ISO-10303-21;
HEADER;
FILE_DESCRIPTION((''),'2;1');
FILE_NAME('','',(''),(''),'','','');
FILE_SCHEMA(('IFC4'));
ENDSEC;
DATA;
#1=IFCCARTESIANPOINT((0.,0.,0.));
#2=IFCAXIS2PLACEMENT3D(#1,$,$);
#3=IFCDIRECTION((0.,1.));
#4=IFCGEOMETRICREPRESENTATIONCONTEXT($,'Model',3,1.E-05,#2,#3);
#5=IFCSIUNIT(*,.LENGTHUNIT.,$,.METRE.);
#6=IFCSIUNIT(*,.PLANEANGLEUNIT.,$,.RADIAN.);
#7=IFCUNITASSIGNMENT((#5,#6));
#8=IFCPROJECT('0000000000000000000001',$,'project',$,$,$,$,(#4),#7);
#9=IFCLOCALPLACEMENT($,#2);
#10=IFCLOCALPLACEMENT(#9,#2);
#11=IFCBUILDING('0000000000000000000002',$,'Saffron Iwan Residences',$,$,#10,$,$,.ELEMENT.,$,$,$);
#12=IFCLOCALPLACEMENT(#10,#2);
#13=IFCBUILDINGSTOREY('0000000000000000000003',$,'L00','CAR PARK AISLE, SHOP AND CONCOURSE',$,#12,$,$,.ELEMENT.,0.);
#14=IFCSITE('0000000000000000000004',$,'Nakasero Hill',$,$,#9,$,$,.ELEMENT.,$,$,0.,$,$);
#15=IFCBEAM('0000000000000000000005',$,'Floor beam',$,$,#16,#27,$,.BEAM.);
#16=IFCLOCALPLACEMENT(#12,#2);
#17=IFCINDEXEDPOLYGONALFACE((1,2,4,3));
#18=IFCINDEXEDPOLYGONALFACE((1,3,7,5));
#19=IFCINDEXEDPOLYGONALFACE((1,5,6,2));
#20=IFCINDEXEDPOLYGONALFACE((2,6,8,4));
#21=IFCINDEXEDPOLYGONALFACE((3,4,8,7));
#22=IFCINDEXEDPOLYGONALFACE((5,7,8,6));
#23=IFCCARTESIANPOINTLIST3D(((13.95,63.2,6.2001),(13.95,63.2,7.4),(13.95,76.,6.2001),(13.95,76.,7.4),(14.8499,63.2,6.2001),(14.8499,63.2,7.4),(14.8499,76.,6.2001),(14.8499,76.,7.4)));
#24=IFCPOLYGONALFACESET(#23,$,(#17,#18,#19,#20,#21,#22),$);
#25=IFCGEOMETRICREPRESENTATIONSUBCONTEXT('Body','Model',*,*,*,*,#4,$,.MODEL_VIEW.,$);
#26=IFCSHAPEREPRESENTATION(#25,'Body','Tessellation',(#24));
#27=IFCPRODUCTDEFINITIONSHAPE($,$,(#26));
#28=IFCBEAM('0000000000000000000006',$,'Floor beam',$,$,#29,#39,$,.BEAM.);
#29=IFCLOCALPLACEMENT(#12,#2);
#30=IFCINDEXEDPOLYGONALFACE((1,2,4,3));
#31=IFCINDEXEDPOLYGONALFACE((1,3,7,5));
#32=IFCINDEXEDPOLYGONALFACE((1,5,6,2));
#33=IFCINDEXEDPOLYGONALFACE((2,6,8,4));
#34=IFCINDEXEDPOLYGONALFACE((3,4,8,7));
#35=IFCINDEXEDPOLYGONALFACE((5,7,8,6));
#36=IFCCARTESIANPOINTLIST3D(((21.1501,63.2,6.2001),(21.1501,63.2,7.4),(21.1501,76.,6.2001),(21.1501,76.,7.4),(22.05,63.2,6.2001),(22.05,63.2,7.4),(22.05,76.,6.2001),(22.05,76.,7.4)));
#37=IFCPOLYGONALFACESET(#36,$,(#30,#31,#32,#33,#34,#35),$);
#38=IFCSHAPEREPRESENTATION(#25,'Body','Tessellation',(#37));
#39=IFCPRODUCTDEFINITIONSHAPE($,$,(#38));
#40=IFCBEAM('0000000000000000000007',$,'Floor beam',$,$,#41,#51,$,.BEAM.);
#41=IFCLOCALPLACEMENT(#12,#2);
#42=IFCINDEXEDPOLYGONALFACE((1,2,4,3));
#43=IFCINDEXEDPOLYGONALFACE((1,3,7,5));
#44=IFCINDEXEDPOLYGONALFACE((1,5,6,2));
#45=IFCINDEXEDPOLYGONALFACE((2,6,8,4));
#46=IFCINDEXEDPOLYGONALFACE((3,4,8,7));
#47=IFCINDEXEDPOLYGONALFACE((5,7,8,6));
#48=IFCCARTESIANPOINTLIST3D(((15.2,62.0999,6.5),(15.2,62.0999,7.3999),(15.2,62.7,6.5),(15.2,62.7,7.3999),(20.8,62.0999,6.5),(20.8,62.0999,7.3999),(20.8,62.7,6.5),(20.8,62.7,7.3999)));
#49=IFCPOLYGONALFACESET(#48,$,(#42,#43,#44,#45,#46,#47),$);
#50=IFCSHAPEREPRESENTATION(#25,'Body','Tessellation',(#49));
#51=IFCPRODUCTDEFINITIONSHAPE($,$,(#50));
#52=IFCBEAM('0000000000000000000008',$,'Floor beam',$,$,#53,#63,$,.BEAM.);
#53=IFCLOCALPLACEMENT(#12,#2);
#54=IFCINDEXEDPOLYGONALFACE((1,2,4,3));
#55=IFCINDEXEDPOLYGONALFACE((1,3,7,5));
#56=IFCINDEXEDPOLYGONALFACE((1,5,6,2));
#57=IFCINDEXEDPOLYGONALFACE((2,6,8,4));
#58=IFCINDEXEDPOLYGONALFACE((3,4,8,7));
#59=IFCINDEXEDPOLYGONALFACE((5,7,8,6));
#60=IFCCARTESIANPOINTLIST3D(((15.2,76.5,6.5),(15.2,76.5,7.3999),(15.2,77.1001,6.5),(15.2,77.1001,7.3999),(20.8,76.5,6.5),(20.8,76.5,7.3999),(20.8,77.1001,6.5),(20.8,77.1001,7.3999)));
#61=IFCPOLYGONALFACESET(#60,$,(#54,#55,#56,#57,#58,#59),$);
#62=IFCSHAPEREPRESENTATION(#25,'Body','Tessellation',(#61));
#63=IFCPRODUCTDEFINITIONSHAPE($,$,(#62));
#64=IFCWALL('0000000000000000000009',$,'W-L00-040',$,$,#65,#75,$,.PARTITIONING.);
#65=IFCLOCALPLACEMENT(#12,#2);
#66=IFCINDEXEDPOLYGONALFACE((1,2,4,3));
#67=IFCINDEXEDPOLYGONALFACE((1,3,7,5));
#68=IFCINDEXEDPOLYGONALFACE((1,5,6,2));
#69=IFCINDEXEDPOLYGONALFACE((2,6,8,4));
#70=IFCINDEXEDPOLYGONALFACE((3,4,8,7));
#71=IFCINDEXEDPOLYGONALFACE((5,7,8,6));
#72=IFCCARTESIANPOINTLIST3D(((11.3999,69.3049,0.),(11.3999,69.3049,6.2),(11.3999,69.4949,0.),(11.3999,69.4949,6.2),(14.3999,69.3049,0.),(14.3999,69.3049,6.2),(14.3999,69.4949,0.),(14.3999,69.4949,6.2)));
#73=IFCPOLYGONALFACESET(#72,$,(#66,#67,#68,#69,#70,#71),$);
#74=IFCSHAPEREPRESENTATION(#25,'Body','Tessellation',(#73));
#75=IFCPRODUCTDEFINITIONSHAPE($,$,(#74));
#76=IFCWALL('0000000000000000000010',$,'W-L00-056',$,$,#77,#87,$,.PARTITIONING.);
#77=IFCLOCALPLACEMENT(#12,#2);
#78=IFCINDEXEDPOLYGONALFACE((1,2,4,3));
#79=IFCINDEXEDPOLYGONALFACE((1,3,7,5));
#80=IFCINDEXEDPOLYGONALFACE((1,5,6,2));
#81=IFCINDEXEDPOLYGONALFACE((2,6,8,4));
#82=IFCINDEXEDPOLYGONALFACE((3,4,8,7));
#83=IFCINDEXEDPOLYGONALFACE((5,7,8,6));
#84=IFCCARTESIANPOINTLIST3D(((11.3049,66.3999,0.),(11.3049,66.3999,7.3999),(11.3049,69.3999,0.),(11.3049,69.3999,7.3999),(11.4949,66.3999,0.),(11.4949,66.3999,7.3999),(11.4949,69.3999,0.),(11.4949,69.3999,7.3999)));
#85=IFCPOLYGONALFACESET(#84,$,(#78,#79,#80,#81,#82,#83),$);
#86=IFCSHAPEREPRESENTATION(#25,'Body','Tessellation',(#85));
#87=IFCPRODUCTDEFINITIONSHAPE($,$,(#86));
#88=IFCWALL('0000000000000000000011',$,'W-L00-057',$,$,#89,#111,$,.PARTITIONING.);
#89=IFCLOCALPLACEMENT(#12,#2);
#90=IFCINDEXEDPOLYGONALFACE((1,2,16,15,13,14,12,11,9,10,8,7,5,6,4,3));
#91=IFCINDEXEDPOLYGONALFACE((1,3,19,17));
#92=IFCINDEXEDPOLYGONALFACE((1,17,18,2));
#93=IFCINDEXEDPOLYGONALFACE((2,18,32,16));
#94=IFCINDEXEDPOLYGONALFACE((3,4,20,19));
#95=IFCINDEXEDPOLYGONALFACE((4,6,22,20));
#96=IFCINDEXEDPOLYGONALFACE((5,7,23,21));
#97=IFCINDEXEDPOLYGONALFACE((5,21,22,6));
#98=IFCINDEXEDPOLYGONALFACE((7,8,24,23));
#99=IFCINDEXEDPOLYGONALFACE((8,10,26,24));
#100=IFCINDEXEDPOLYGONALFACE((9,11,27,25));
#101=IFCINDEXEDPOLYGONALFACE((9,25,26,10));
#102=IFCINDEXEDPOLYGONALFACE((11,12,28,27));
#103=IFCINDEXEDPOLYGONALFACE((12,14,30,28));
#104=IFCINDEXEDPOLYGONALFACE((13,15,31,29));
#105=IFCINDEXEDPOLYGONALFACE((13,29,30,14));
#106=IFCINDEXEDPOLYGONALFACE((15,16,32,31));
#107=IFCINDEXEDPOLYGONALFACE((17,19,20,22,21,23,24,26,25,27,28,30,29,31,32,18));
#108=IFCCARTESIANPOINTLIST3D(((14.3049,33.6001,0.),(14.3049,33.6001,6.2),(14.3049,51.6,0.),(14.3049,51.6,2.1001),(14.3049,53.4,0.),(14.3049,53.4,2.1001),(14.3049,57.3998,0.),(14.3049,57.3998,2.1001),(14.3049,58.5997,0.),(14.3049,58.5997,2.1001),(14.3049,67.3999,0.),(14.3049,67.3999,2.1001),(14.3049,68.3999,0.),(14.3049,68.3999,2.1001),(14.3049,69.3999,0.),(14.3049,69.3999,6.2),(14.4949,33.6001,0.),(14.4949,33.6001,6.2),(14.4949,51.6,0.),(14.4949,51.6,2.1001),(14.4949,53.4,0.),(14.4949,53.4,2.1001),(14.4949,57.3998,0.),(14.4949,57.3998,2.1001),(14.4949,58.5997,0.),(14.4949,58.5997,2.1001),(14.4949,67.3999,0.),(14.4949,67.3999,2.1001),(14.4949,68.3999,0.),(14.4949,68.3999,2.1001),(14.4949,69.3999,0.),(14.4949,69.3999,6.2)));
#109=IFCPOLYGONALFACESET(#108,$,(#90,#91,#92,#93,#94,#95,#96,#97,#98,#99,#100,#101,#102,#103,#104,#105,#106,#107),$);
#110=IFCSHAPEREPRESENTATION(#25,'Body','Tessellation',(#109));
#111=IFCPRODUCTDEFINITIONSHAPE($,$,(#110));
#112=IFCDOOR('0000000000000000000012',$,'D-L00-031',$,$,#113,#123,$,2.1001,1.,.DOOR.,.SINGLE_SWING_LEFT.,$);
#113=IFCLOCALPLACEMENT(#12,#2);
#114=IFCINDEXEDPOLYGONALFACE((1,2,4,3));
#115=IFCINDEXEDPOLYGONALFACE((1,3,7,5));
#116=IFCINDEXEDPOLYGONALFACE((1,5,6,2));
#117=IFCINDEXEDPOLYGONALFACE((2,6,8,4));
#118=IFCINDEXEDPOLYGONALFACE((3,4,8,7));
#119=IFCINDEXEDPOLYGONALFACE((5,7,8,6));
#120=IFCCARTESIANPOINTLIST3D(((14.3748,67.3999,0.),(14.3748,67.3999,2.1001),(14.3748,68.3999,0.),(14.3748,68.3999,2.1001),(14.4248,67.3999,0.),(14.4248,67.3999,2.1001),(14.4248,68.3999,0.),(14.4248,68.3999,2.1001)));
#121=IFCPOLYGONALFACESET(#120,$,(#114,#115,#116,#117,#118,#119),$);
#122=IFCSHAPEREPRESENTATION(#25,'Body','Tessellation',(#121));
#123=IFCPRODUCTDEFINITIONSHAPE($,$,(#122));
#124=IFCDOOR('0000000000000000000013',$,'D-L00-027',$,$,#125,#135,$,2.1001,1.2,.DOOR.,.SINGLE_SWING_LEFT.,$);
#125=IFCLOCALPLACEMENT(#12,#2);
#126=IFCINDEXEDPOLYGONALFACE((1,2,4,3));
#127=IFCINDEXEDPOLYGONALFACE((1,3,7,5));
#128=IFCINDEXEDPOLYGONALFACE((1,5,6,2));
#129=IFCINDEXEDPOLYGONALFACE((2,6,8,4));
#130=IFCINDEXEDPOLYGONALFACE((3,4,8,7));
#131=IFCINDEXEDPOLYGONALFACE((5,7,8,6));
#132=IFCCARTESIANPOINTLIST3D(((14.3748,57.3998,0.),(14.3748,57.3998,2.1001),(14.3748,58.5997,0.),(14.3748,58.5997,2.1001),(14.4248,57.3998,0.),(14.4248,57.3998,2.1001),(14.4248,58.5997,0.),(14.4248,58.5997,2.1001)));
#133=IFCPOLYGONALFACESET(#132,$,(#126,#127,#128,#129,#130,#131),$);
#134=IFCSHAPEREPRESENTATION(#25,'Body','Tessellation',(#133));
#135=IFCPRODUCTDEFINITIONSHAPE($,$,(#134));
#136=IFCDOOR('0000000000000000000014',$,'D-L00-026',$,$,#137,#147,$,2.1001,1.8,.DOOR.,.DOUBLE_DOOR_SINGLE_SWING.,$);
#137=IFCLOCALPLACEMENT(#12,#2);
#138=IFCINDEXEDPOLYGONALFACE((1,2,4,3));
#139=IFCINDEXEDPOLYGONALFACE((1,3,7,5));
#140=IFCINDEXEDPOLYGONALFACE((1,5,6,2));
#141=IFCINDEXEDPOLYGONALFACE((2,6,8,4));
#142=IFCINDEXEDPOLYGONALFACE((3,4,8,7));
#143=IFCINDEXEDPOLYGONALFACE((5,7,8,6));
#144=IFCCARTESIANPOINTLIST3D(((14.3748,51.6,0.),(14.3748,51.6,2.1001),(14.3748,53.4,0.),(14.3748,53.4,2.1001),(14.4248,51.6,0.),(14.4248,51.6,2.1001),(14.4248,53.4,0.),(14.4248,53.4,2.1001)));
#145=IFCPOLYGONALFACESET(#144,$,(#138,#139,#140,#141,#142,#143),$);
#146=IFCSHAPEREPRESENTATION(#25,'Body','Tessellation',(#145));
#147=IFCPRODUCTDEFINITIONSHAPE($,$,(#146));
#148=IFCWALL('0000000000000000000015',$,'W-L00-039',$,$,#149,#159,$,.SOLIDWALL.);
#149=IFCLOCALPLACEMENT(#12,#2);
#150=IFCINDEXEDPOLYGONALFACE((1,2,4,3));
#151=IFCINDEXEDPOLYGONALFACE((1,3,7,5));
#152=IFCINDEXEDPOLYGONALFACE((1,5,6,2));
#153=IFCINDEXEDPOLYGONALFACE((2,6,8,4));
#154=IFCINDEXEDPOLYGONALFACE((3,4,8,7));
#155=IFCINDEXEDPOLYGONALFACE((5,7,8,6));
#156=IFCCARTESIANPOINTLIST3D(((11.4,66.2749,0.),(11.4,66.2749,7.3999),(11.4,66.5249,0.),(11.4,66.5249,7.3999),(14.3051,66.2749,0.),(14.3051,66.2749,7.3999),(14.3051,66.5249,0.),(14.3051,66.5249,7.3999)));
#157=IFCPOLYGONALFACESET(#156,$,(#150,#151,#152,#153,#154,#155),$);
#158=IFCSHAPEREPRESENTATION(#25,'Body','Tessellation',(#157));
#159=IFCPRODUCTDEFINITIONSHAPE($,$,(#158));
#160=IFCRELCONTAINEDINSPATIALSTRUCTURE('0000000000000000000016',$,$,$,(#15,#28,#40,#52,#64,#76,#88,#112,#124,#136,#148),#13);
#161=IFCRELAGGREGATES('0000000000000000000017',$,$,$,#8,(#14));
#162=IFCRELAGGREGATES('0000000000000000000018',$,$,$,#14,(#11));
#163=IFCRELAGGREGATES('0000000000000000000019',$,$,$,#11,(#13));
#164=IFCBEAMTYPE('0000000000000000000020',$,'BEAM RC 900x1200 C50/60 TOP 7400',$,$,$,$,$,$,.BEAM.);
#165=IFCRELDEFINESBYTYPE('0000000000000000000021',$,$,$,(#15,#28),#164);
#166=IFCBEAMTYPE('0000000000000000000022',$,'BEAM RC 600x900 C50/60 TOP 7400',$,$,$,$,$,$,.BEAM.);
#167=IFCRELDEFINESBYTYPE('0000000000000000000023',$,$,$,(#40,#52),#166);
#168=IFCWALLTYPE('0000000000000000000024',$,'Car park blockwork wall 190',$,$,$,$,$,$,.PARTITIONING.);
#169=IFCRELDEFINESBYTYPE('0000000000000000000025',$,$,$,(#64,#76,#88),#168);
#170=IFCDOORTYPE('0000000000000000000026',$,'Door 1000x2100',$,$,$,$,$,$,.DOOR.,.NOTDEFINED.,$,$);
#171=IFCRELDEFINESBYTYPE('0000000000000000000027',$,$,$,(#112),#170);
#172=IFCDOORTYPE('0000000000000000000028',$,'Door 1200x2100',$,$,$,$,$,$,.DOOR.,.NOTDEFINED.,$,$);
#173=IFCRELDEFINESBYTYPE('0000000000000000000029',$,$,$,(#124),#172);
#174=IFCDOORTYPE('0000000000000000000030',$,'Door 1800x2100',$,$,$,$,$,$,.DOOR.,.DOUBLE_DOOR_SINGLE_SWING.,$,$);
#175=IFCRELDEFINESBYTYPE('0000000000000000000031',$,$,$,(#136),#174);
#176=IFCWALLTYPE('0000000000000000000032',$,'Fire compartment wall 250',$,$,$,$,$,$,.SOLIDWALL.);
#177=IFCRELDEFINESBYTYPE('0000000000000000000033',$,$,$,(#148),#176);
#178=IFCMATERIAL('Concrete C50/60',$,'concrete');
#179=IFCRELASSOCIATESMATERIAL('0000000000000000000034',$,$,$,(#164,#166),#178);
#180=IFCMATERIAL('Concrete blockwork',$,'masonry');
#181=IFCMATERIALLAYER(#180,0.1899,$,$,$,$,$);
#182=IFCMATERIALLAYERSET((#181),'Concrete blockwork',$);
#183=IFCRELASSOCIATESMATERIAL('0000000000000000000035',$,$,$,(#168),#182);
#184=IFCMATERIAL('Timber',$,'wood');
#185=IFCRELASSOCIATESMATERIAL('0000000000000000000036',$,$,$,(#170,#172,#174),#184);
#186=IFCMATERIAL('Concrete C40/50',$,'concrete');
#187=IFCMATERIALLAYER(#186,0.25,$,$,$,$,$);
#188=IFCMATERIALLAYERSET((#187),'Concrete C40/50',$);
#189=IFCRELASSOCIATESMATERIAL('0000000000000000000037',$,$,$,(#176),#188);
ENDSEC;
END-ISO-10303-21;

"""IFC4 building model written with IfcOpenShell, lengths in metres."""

from ifc_helpers import new_model, si_unit, direction, frame, frame_2d, origin, origin_2d, place, context, subcontext, project, spatial, rectangle, extrude, source, transform, mapped, material, layer, layer_set, material_profile, profile_set, type_object, element, fill, save


model = new_model("IFC4")

# Units and contexts
model_context = context("Model", 3, precision=1e-05, world=origin(), true_north=direction((0.0, 1.0)))
body_context = subcontext(model_context, "Body", "Model", "MODEL_VIEW")
ifc_project = project(units=[si_unit("LENGTHUNIT", "METRE"), si_unit("PLANEANGLEUNIT", "RADIAN")], contexts=[model_context])

# Site, building, storey
site_placement = place(None, origin())
site = spatial("IfcSite", under=ifc_project, at=site_placement, Name="Nakasero Hill", CompositionType="ELEMENT", RefElevation=0.0)
building_placement = place(site_placement, origin())
building = spatial("IfcBuilding", under=site, at=building_placement, Name="Saffron Iwan Residences", CompositionType="ELEMENT")
storey_placement = place(building_placement, origin())
storey = spatial("IfcBuildingStorey", under=building, at=storey_placement, Name="L00", Description="CAR PARK AISLE, SHOP AND CONCOURSE", CompositionType="ELEMENT", Elevation=0.0)

# Shared definitions
ifc_material_1 = material(Name="Concrete C50/60", Category="concrete")

# Beams
ifc_material_profile_1 = material_profile(ifc_material_1, rectangle(XDim=0.8999, YDim=1.2, at=origin_2d()), Name="RC 900x1200")
ifc_profile_set_1 = profile_set([ifc_material_profile_1], Name="Concrete C50/60")
beam_type_1 = type_object("IfcBeamType", Name="BEAM RC 900x1200 C50/60 TOP 7400", PredefinedType="BEAM", material=ifc_profile_set_1)
shared_shape_1 = source(origin(), body_context, "Body", "SweptSolid", [
    extrude(rectangle(XDim=0.8999, YDim=1.2, at=origin_2d()), origin(), (0.0, 0.0, 1.0), 12.8),
])
for number, where, z_axis, x_axis, name in (
    (1, (14.3999, 63.2, 6.8), (0.0, 1.0, 0.0), (-1.0, 0.0, 0.0), "Floor beam"),
    (2, (21.6001, 63.2, 6.8), (0.0, 1.0, 0.0), (-1.0, 0.0, 0.0), "Floor beam"),
):
    element("IfcBeam", number, at=place(storey_placement, frame(where, z_axis=z_axis, x_axis=x_axis)), inside=storey, type_object=beam_type_1, Name=name, PredefinedType="BEAM", context=body_context, shape_type="MappedRepresentation", body=[
        mapped(shared_shape_1, transform((0.0, 0.0, 0.0))),
    ])
ifc_material_profile_2 = material_profile(ifc_material_1, rectangle(XDim=0.6001, YDim=0.8999, at=origin_2d()), Name="RC 600x900")
ifc_profile_set_2 = profile_set([ifc_material_profile_2], Name="Concrete C50/60")
beam_type_2 = type_object("IfcBeamType", Name="BEAM RC 600x900 C50/60 TOP 7400", PredefinedType="BEAM", material=ifc_profile_set_2)
shared_shape_2 = source(origin(), body_context, "Body", "SweptSolid", [
    extrude(rectangle(XDim=0.6001, YDim=0.8999, at=origin_2d()), origin(), (0.0, 0.0, 1.0), 5.6001),
])
for number, where, z_axis, x_axis, name in (
    (3, (15.2, 62.3999, 6.95), (1.0, 0.0, 0.0), (0.0, 1.0, 0.0), "Floor beam"),
    (4, (15.2, 76.8, 6.95), (1.0, 0.0, 0.0), (0.0, 1.0, 0.0), "Floor beam"),
):
    element("IfcBeam", number, at=place(storey_placement, frame(where, z_axis=z_axis, x_axis=x_axis)), inside=storey, type_object=beam_type_2, Name=name, PredefinedType="BEAM", context=body_context, shape_type="MappedRepresentation", body=[
        mapped(shared_shape_2, transform((0.0, 0.0, 0.0))),
    ])

# Walls
ifc_material_2 = material(Name="Concrete blockwork", Category="masonry")
ifc_layer_1 = layer(ifc_material_2, 0.1899)
ifc_layer_set_1 = layer_set([ifc_layer_1], Name="Concrete blockwork")
wall_type_1 = type_object("IfcWallType", Name="Car park blockwork wall 190", PredefinedType="PARTITIONING", material=ifc_layer_set_1)
wall_1_placement = place(storey_placement, frame((11.3999, 69.3999, 0.0), z_axis=(0.0, 0.0, 1.0), x_axis=(1.0, 0.0, 0.0)))
element("IfcWall", 5, at=wall_1_placement, inside=storey, type_object=wall_type_1, Name="W-L00-040", PredefinedType="PARTITIONING", context=body_context, shape_type="SweptSolid", body=[
    extrude(rectangle(XDim=3.0, YDim=0.1899, at=frame_2d((1.5, 0.0))), origin(), (0.0, 0.0, 1.0), 6.2),
])
wall_2_placement = place(storey_placement, frame((11.3999, 66.3999, 0.0), z_axis=(0.0, 0.0, 1.0), x_axis=(0.0, 1.0, 0.0)))
element("IfcWall", 6, at=wall_2_placement, inside=storey, type_object=wall_type_1, Name="W-L00-056", PredefinedType="PARTITIONING", context=body_context, shape_type="SweptSolid", body=[
    extrude(rectangle(XDim=3.0, YDim=0.1899, at=frame_2d((1.5, 0.0))), origin(), (0.0, 0.0, 1.0), 7.3999),
])

# Wall, openings, doors
wall_3_placement = place(storey_placement, frame((14.3999, 69.3999, 0.0), z_axis=(0.0, 0.0, 1.0), x_axis=(0.0, -1.0, 0.0)))
wall_3 = element("IfcWall", 7, at=wall_3_placement, inside=storey, type_object=wall_type_1, Name="W-L00-057", PredefinedType="PARTITIONING", context=body_context, shape_type="SweptSolid", body=[
    extrude(rectangle(XDim=35.7998, YDim=0.1899, at=frame_2d((17.8999, 0.0))), origin(), (0.0, 0.0, 1.0), 6.2),
])
opening_1_placement = place(wall_3_placement, frame((16.0, 0.0, 0.0)))
opening_1 = element("IfcOpeningElement", 8, at=opening_1_placement, cuts=wall_3, PredefinedType="OPENING", context=body_context, shape_type="SweptSolid", body=[
    extrude(rectangle(XDim=1.8, YDim=2.1001, at=frame_2d((0.8999, 1.05))), frame((0.0, 0.105, 0.0), z_axis=(0.0, -1.0, 0.0), x_axis=(1.0, 0.0, 0.0)), (0.0, 0.0, 1.0), 0.21),
])
opening_2_placement = place(wall_3_placement, frame((10.8, 0.0, 0.0)))
opening_2 = element("IfcOpeningElement", 9, at=opening_2_placement, cuts=wall_3, PredefinedType="OPENING", context=body_context, shape_type="SweptSolid", body=[
    extrude(rectangle(XDim=1.2, YDim=2.1001, at=frame_2d((0.6001, 1.05))), frame((0.0, 0.105, 0.0), z_axis=(0.0, -1.0, 0.0), x_axis=(1.0, 0.0, 0.0)), (0.0, 0.0, 1.0), 0.21),
])
opening_3_placement = place(wall_3_placement, frame((1.0, 0.0, 0.0)))
opening_3 = element("IfcOpeningElement", 10, at=opening_3_placement, cuts=wall_3, PredefinedType="OPENING", context=body_context, shape_type="SweptSolid", body=[
    extrude(rectangle(XDim=1.0, YDim=2.1001, at=frame_2d((0.5, 1.05))), frame((0.0, 0.105, 0.0), z_axis=(0.0, -1.0, 0.0), x_axis=(1.0, 0.0, 0.0)), (0.0, 0.0, 1.0), 0.21),
])
ifc_material_3 = material(Name="Timber", Category="wood")
door_type_1 = type_object("IfcDoorType", Name="Door 1000x2100", OperationType="NOTDEFINED", PredefinedType="DOOR", material=ifc_material_3)
door_1_placement = place(opening_3_placement, origin())
door_1 = element("IfcDoor", 11, at=door_1_placement, inside=storey, type_object=door_type_1, Name="D-L00-031", OperationType="SINGLE_SWING_LEFT", OverallHeight=2.1001, OverallWidth=1.0, PredefinedType="DOOR", context=body_context, shape_type="SweptSolid", body=[
    extrude(rectangle(XDim=1.0, YDim=2.1001, at=frame_2d((0.5, 1.05))), frame((0.0, 0.0249, 0.0), z_axis=(0.0, -1.0, 0.0), x_axis=(1.0, 0.0, 0.0)), (0.0, 0.0, 1.0), 0.05),
])
fill(opening_3, door_1)
door_type_2 = type_object("IfcDoorType", Name="Door 1200x2100", OperationType="NOTDEFINED", PredefinedType="DOOR", material=ifc_material_3)
door_2_placement = place(opening_2_placement, origin())
door_2 = element("IfcDoor", 12, at=door_2_placement, inside=storey, type_object=door_type_2, Name="D-L00-027", OperationType="SINGLE_SWING_LEFT", OverallHeight=2.1001, OverallWidth=1.2, PredefinedType="DOOR", context=body_context, shape_type="SweptSolid", body=[
    extrude(rectangle(XDim=1.2, YDim=2.1001, at=frame_2d((0.6001, 1.05))), frame((0.0, 0.0249, 0.0), z_axis=(0.0, -1.0, 0.0), x_axis=(1.0, 0.0, 0.0)), (0.0, 0.0, 1.0), 0.05),
])
fill(opening_2, door_2)
door_type_3 = type_object("IfcDoorType", Name="Door 1800x2100", OperationType="DOUBLE_DOOR_SINGLE_SWING", PredefinedType="DOOR", material=ifc_material_3)
door_3_placement = place(opening_1_placement, origin())
door_3 = element("IfcDoor", 13, at=door_3_placement, inside=storey, type_object=door_type_3, Name="D-L00-026", OperationType="DOUBLE_DOOR_SINGLE_SWING", OverallHeight=2.1001, OverallWidth=1.8, PredefinedType="DOOR", context=body_context, shape_type="SweptSolid", body=[
    extrude(rectangle(XDim=1.8, YDim=2.1001, at=frame_2d((0.8999, 1.05))), frame((0.0, 0.0249, 0.0), z_axis=(0.0, -1.0, 0.0), x_axis=(1.0, 0.0, 0.0)), (0.0, 0.0, 1.0), 0.05),
])
fill(opening_1, door_3)

# Wall
ifc_material_4 = material(Name="Concrete C40/50", Category="concrete")
ifc_layer_2 = layer(ifc_material_4, 0.25)
ifc_layer_set_2 = layer_set([ifc_layer_2], Name="Concrete C40/50")
wall_type_2 = type_object("IfcWallType", Name="Fire compartment wall 250", PredefinedType="SOLIDWALL", material=ifc_layer_set_2)
wall_4_placement = place(storey_placement, frame((11.3999, 66.3999, 0.0), z_axis=(0.0, 0.0, 1.0), x_axis=(1.0, 0.0, 0.0)))
element("IfcWall", 14, at=wall_4_placement, inside=storey, type_object=wall_type_2, Name="W-L00-039", PredefinedType="SOLIDWALL", context=body_context, shape_type="SweptSolid", body=[
    extrude(rectangle(XDim=2.905, YDim=0.25, at=frame_2d((1.4526, 0.0))), origin(), (0.0, 0.0, 1.0), 7.3999),
])

save(model, "model.ifc")
